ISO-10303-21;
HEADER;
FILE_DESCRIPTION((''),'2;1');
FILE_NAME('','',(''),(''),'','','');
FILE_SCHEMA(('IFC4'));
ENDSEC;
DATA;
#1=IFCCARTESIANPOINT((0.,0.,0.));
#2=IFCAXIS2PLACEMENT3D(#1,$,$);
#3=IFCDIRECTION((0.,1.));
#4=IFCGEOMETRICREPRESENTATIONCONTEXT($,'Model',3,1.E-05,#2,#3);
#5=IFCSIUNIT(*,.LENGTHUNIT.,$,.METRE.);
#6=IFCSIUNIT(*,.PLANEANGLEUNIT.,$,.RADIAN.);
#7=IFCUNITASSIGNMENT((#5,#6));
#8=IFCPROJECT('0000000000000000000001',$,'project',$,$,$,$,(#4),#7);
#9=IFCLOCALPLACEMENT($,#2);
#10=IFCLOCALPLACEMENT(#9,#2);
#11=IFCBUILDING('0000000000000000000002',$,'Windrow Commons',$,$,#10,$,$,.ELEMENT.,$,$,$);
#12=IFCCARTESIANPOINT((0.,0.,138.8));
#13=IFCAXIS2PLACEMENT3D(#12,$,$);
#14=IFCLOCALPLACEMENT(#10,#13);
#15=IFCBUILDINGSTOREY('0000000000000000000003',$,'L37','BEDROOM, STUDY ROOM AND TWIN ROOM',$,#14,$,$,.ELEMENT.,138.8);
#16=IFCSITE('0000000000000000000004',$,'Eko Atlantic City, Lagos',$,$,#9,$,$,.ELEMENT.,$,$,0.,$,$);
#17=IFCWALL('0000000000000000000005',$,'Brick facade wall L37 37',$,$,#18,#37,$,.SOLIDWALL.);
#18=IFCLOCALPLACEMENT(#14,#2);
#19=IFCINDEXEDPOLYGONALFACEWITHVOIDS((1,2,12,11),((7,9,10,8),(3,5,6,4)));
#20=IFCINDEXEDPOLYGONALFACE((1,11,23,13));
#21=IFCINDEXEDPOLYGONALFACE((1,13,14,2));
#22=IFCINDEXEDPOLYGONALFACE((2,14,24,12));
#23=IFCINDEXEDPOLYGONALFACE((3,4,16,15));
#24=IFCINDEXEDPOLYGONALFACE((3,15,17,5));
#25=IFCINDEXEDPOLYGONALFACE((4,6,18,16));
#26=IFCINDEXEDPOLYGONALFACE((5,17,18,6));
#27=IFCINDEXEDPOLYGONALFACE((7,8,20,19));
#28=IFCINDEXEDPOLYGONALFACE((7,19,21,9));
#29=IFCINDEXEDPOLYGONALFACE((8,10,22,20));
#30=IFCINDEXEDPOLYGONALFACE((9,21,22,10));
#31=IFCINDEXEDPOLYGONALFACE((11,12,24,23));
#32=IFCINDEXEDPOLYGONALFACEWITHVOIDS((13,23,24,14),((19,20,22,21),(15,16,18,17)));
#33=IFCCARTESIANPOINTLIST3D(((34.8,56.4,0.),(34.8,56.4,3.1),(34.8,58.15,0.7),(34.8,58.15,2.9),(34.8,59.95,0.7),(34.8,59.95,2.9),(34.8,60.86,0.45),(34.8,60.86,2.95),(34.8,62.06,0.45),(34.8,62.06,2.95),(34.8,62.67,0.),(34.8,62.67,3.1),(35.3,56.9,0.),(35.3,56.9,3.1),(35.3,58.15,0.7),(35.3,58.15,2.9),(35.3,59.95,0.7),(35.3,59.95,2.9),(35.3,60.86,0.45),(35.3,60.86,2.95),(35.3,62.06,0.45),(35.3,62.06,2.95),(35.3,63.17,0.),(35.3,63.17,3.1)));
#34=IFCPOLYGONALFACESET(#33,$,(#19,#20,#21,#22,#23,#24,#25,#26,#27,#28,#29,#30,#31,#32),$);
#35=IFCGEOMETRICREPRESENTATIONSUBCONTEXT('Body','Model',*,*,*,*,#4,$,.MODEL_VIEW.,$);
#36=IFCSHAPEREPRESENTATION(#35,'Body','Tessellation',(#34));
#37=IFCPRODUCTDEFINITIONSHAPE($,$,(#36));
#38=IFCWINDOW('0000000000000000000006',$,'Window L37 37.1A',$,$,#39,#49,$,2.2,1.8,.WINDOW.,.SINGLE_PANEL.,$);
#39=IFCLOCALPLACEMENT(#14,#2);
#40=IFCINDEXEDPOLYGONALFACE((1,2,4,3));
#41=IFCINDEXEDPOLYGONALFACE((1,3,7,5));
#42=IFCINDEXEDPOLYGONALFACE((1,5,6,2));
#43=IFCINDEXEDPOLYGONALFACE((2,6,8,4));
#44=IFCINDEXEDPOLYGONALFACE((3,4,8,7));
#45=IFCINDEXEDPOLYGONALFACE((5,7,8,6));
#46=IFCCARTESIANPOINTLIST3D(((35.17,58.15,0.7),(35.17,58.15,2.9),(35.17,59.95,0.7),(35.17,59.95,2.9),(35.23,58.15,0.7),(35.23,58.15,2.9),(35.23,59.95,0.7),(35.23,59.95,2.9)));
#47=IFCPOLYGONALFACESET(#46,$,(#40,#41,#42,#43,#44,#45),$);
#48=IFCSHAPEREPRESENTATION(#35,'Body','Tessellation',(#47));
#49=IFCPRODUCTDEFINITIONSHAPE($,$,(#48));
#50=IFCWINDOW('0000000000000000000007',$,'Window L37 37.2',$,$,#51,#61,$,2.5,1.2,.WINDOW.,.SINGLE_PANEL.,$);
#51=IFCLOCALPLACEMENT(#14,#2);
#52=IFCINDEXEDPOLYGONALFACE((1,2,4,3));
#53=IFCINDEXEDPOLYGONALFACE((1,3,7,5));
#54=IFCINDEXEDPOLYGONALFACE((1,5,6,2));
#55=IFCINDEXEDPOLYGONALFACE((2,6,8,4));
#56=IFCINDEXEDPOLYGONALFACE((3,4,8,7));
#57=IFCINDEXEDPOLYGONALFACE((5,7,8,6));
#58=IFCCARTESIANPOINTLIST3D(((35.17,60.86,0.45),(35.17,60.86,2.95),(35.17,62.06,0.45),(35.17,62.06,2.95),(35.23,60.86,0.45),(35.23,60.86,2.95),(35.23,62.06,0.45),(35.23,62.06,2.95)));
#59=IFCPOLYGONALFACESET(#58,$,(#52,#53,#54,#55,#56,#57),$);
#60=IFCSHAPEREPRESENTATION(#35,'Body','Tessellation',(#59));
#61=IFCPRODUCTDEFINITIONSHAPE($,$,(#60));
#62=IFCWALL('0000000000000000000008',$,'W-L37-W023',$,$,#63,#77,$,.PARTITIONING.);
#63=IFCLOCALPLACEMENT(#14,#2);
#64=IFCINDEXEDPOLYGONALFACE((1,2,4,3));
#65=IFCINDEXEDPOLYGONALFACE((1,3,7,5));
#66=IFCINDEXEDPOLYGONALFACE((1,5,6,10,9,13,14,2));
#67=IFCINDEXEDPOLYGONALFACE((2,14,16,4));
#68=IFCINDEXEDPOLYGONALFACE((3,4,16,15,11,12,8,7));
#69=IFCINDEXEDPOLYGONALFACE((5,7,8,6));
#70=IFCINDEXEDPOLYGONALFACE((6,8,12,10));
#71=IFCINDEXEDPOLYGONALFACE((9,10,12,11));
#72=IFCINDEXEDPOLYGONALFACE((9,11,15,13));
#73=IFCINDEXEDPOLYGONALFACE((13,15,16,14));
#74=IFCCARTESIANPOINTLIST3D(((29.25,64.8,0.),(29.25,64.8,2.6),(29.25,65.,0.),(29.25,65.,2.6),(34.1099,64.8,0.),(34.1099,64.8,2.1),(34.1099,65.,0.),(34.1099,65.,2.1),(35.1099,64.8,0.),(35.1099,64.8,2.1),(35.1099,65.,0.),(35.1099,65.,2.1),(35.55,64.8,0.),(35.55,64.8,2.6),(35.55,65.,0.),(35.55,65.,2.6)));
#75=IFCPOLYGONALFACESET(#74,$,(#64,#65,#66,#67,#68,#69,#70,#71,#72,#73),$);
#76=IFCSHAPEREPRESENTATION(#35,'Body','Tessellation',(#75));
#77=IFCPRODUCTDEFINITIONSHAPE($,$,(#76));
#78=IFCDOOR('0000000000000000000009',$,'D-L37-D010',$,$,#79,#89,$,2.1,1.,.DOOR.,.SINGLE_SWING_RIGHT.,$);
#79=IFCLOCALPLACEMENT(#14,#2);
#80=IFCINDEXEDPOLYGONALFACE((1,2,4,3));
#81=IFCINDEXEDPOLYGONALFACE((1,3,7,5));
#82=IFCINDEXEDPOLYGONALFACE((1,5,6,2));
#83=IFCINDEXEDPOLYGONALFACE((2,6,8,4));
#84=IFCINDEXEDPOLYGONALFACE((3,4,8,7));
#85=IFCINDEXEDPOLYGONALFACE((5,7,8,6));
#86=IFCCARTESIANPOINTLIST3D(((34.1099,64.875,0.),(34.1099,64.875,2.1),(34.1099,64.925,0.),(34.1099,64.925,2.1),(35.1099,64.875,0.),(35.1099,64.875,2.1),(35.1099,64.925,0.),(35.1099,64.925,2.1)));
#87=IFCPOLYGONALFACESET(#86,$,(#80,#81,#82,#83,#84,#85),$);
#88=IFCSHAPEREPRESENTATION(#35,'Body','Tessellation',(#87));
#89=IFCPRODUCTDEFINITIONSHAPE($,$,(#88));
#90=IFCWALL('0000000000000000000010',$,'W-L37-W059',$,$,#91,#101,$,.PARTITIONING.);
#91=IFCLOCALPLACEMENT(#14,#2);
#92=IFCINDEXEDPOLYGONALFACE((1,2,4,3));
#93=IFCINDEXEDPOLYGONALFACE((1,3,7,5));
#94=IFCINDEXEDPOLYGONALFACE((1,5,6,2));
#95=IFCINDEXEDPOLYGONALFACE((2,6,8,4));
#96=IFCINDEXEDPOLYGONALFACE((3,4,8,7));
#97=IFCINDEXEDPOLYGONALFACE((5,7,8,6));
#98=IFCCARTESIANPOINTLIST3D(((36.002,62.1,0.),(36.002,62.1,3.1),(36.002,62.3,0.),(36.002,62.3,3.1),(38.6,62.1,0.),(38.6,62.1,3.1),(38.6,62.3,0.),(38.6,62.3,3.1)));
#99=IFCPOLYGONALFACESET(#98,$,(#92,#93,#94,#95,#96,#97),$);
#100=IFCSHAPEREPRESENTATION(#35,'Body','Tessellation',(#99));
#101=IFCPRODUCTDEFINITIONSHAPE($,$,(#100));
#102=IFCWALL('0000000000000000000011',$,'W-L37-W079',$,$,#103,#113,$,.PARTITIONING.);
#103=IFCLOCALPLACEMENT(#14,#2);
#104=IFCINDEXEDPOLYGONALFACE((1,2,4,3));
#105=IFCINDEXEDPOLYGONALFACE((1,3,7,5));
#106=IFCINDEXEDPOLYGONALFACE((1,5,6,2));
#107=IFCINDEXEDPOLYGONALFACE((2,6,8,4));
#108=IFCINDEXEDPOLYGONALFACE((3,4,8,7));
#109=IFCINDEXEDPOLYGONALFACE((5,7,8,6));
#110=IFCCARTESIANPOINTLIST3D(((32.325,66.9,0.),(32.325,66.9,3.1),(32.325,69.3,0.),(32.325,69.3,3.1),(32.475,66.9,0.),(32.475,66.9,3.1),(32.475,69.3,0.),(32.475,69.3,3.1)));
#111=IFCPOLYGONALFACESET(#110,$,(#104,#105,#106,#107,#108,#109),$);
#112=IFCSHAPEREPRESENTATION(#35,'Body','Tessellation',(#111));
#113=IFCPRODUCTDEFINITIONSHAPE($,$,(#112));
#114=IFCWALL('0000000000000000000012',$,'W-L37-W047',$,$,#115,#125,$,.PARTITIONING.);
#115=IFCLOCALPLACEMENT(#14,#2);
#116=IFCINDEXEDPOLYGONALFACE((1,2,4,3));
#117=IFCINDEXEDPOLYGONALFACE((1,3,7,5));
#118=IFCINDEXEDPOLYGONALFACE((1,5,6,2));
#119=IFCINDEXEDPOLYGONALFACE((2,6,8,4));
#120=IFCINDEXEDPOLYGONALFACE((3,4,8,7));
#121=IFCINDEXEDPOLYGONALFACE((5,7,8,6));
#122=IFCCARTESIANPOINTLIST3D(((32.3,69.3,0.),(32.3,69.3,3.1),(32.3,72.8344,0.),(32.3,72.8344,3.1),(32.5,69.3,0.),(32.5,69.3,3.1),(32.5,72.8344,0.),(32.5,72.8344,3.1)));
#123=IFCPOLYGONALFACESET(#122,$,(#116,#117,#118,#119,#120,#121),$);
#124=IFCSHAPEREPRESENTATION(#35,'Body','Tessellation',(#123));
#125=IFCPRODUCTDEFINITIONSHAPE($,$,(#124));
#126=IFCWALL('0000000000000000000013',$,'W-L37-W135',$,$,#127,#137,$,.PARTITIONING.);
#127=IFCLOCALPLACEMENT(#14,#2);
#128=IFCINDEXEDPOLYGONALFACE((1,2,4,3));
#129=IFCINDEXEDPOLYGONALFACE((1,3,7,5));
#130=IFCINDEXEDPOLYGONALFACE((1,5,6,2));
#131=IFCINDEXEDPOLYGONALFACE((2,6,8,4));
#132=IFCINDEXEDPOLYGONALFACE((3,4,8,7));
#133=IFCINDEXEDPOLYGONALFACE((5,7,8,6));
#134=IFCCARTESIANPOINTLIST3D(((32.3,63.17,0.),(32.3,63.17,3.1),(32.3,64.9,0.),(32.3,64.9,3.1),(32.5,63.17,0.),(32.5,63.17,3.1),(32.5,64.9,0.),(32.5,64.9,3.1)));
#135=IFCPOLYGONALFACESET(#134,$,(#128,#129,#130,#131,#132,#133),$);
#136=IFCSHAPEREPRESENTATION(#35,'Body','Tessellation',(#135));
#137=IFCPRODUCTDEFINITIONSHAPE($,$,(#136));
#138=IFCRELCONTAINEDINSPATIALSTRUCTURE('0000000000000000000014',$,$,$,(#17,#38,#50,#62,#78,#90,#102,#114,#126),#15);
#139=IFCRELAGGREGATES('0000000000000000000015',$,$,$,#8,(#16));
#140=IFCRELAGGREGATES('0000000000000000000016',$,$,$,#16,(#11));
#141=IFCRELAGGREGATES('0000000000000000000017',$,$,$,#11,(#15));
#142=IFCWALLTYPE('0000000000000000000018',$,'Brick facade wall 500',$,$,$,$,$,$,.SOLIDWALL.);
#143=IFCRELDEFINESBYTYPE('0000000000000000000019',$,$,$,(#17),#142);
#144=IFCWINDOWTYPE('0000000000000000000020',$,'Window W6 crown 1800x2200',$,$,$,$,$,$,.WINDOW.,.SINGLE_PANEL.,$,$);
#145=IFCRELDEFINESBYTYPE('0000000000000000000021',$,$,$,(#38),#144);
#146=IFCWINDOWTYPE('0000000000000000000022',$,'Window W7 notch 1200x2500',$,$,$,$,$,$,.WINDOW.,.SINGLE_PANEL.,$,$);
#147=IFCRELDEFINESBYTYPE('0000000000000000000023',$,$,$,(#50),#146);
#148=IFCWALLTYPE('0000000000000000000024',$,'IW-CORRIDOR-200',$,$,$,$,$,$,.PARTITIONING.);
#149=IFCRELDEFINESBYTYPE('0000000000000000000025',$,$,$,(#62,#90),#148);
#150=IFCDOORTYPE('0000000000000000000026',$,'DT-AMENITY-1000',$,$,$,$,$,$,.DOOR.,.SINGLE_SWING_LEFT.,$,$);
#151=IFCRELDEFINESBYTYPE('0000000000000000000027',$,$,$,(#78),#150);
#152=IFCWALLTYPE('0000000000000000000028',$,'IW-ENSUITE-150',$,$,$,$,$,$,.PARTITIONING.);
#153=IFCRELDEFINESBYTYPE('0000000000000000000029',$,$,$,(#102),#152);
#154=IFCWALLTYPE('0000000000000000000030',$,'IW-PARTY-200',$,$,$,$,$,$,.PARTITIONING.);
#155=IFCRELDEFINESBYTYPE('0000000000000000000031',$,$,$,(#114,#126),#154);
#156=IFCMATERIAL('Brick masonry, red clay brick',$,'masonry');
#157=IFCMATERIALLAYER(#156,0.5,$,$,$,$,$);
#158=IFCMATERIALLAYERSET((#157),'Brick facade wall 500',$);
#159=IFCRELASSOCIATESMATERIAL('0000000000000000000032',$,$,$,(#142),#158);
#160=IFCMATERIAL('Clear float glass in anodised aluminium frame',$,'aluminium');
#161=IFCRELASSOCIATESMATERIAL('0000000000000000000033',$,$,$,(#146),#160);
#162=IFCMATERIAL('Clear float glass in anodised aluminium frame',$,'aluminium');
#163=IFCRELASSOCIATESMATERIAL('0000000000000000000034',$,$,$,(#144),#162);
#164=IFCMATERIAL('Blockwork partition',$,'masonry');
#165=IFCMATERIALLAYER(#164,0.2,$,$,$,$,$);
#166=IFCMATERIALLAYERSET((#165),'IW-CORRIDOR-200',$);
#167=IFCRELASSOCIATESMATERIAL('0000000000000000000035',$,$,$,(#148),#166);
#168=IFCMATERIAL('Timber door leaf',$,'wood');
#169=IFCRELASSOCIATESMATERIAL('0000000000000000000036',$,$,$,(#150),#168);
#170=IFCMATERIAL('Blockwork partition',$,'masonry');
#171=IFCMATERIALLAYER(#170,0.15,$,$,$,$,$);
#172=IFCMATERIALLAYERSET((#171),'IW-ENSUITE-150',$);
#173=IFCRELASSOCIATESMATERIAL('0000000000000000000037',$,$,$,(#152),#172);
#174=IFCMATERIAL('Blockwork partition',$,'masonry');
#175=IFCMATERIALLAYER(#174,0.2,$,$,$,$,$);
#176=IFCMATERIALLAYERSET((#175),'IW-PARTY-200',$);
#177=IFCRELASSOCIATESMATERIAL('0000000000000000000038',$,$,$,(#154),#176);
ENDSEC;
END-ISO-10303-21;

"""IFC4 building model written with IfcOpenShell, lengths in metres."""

from ifc_helpers import new_model, si_unit, direction, frame, frame_2d, origin, place, context, subcontext, project, spatial, polyline, rectangle, outline, extrude, material, layer, layer_set, type_object, element, fill, save


model = new_model("IFC4")

# Units and contexts
model_context = context("Model", 3, precision=1e-05, world=origin(), true_north=direction((0.0, 1.0)))
body_context = subcontext(model_context, "Body", "Model", "MODEL_VIEW")
ifc_project = project(units=[si_unit("LENGTHUNIT", "METRE"), si_unit("PLANEANGLEUNIT", "RADIAN")], contexts=[model_context])

# Site, building, storey
site_placement = place(None, origin())
site = spatial("IfcSite", under=ifc_project, at=site_placement, Name="Eko Atlantic City, Lagos", CompositionType="ELEMENT", RefElevation=0.0)
building_placement = place(site_placement, origin())
building = spatial("IfcBuilding", under=site, at=building_placement, Name="Windrow Commons", CompositionType="ELEMENT")
storey_placement = place(building_placement, frame((0.0, 0.0, 138.8)))
storey = spatial("IfcBuildingStorey", under=building, at=storey_placement, Name="L37", Description="BEDROOM, STUDY ROOM AND TWIN ROOM", CompositionType="ELEMENT", Elevation=138.8)

# Shared definitions
ifc_material_1 = material(Name="Brick masonry, red clay brick", Category="masonry")
ifc_layer_1 = layer(ifc_material_1, 0.5)
ifc_layer_set_1 = layer_set([ifc_layer_1], Name="Brick facade wall 500")
wall_type_1 = type_object("IfcWallType", Name="Brick facade wall 500", PredefinedType="SOLIDWALL", material=ifc_layer_set_1)
ifc_material_2 = material(Name="Clear float glass in anodised aluminium frame", Category="aluminium")
window_type_1 = type_object("IfcWindowType", Name="Window W7 notch 1200x2500", PartitioningType="SINGLE_PANEL", PredefinedType="WINDOW", material=ifc_material_2)

# Wall, openings, windows
wall_1_placement = place(storey_placement, frame((35.05, 62.92, 0.0), z_axis=(0.0, 0.0, 1.0), x_axis=(0.0, -1.0, 0.0)))
wall_1 = element("IfcWall", 1, at=wall_1_placement, inside=storey, type_object=wall_type_1, Name="Brick facade wall L37 37", PredefinedType="SOLIDWALL", context=body_context, shape_type="SweptSolid", body=[
    extrude(outline(polyline([(0.25, -0.25), (6.52, -0.25), (6.02, 0.25), (-0.25, 0.25), (0.25, -0.25)])), origin(), (0.0, 0.0, 1.0), 3.1),
])
opening_1_placement = place(wall_1_placement, frame((0.86, 0.0, 0.45)))
opening_1 = element("IfcOpeningElement", 2, at=opening_1_placement, cuts=wall_1, PredefinedType="OPENING", context=body_context, shape_type="SweptSolid", body=[
    extrude(rectangle(XDim=1.2, YDim=2.5, at=frame_2d((0.6, 1.25))), frame((0.0, 0.26, 0.0), z_axis=(0.0, -1.0, 0.0), x_axis=(1.0, 0.0, 0.0)), (0.0, 0.0, 1.0), 0.52),
])
opening_2_placement = place(wall_1_placement, frame((2.97, 0.0, 0.7)))
opening_2 = element("IfcOpeningElement", 3, at=opening_2_placement, cuts=wall_1, PredefinedType="OPENING", context=body_context, shape_type="SweptSolid", body=[
    extrude(rectangle(XDim=1.8, YDim=2.2, at=frame_2d((0.9, 1.1))), frame((0.0, 0.26, 0.0), z_axis=(0.0, -1.0, 0.0), x_axis=(1.0, 0.0, 0.0)), (0.0, 0.0, 1.0), 0.52),
])
ifc_material_3 = material(Name="Clear float glass in anodised aluminium frame", Category="aluminium")
window_type_2 = type_object("IfcWindowType", Name="Window W6 crown 1800x2200", PartitioningType="SINGLE_PANEL", PredefinedType="WINDOW", material=ifc_material_3)
window_1_placement = place(opening_2_placement, origin())
window_1 = element("IfcWindow", 4, at=window_1_placement, inside=storey, type_object=window_type_2, Name="Window L37 37.1A", OverallHeight=2.2, OverallWidth=1.8, PartitioningType="SINGLE_PANEL", PredefinedType="WINDOW", context=body_context, shape_type="SweptSolid", body=[
    extrude(rectangle(XDim=1.8, YDim=2.2, at=frame_2d((0.9, 1.1))), frame((0.0, 0.18, 0.0), z_axis=(0.0, -1.0, 0.0), x_axis=(1.0, 0.0, 0.0)), (0.0, 0.0, 1.0), 0.06),
])
fill(opening_2, window_1)
window_2_placement = place(opening_1_placement, origin())
window_2 = element("IfcWindow", 5, at=window_2_placement, inside=storey, type_object=window_type_1, Name="Window L37 37.2", OverallHeight=2.5, OverallWidth=1.2, PartitioningType="SINGLE_PANEL", PredefinedType="WINDOW", context=body_context, shape_type="SweptSolid", body=[
    extrude(rectangle(XDim=1.2, YDim=2.5, at=frame_2d((0.6, 1.25))), frame((0.0, 0.18, 0.0), z_axis=(0.0, -1.0, 0.0), x_axis=(1.0, 0.0, 0.0)), (0.0, 0.0, 1.0), 0.06),
])
fill(opening_1, window_2)

# Wall, opening, door
ifc_material_4 = material(Name="Blockwork partition", Category="masonry")
ifc_layer_2 = layer(ifc_material_4, 0.2)
ifc_layer_set_2 = layer_set([ifc_layer_2], Name="IW-CORRIDOR-200")
wall_type_2 = type_object("IfcWallType", Name="IW-CORRIDOR-200", PredefinedType="PARTITIONING", material=ifc_layer_set_2)
wall_2_placement = place(storey_placement, frame((29.25, 64.9, 0.0), z_axis=(0.0, 0.0, 1.0), x_axis=(1.0, 0.0, 0.0)))
wall_2 = element("IfcWall", 6, at=wall_2_placement, inside=storey, type_object=wall_type_2, Name="W-L37-W023", PredefinedType="PARTITIONING", context=body_context, shape_type="SweptSolid", body=[
    extrude(rectangle(XDim=6.3, YDim=0.2, at=frame_2d((3.15, 0.0))), origin(), (0.0, 0.0, 1.0), 2.6),
])
opening_3_placement = place(wall_2_placement, frame((4.8599, 0.0, 0.0)))
opening_3 = element("IfcOpeningElement", 7, at=opening_3_placement, cuts=wall_2, PredefinedType="OPENING", context=body_context, shape_type="SweptSolid", body=[
    extrude(rectangle(XDim=1.0, YDim=2.1, at=frame_2d((0.5, 1.05))), frame((0.0, 0.11, 0.0), z_axis=(0.0, -1.0, 0.0), x_axis=(1.0, 0.0, 0.0)), (0.0, 0.0, 1.0), 0.22),
])
ifc_material_5 = material(Name="Timber door leaf", Category="wood")
door_type = type_object("IfcDoorType", Name="DT-AMENITY-1000", OperationType="SINGLE_SWING_LEFT", PredefinedType="DOOR", material=ifc_material_5)
door_placement = place(opening_3_placement, origin())
door = element("IfcDoor", 8, at=door_placement, inside=storey, type_object=door_type, Name="D-L37-D010", OperationType="SINGLE_SWING_RIGHT", OverallHeight=2.1, OverallWidth=1.0, PredefinedType="DOOR", context=body_context, shape_type="SweptSolid", body=[
    extrude(rectangle(XDim=1.0, YDim=2.1, at=frame_2d((0.5, 1.05))), frame((0.0, 0.025, 0.0), z_axis=(0.0, -1.0, 0.0), x_axis=(1.0, 0.0, 0.0)), (0.0, 0.0, 1.0), 0.05),
])
fill(opening_3, door)

# Walls
wall_3_placement = place(storey_placement, frame((36.002, 62.2, 0.0), z_axis=(0.0, 0.0, 1.0), x_axis=(1.0, 0.0, 0.0)))
element("IfcWall", 9, at=wall_3_placement, inside=storey, type_object=wall_type_2, Name="W-L37-W059", PredefinedType="PARTITIONING", context=body_context, shape_type="SweptSolid", body=[
    extrude(rectangle(XDim=2.598, YDim=0.2, at=frame_2d((1.299, 0.0))), origin(), (0.0, 0.0, 1.0), 3.1),
])
ifc_material_6 = material(Name="Blockwork partition", Category="masonry")
ifc_layer_3 = layer(ifc_material_6, 0.15)
ifc_layer_set_3 = layer_set([ifc_layer_3], Name="IW-ENSUITE-150")
wall_type_3 = type_object("IfcWallType", Name="IW-ENSUITE-150", PredefinedType="PARTITIONING", material=ifc_layer_set_3)
wall_4_placement = place(storey_placement, frame((32.4, 66.9, 0.0), z_axis=(0.0, 0.0, 1.0), x_axis=(0.0, 1.0, 0.0)))
element("IfcWall", 10, at=wall_4_placement, inside=storey, type_object=wall_type_3, Name="W-L37-W079", PredefinedType="PARTITIONING", context=body_context, shape_type="SweptSolid", body=[
    extrude(rectangle(XDim=2.4, YDim=0.15, at=frame_2d((1.2, 0.0))), origin(), (0.0, 0.0, 1.0), 3.1),
])
ifc_material_7 = material(Name="Blockwork partition", Category="masonry")
ifc_layer_4 = layer(ifc_material_7, 0.2)
ifc_layer_set_4 = layer_set([ifc_layer_4], Name="IW-PARTY-200")
wall_type_4 = type_object("IfcWallType", Name="IW-PARTY-200", PredefinedType="PARTITIONING", material=ifc_layer_set_4)
wall_5_placement = place(storey_placement, frame((32.4, 69.3, 0.0), z_axis=(0.0, 0.0, 1.0), x_axis=(0.0, 1.0, 0.0)))
element("IfcWall", 11, at=wall_5_placement, inside=storey, type_object=wall_type_4, Name="W-L37-W047", PredefinedType="PARTITIONING", context=body_context, shape_type="SweptSolid", body=[
    extrude(rectangle(XDim=3.5345, YDim=0.2, at=frame_2d((1.7672, 0.0))), origin(), (0.0, 0.0, 1.0), 3.1),
])
wall_6_placement = place(storey_placement, frame((32.4, 63.17, 0.0), z_axis=(0.0, 0.0, 1.0), x_axis=(0.0, 1.0, 0.0)))
element("IfcWall", 12, at=wall_6_placement, inside=storey, type_object=wall_type_4, Name="W-L37-W135", PredefinedType="PARTITIONING", context=body_context, shape_type="SweptSolid", body=[
    extrude(rectangle(XDim=1.73, YDim=0.2, at=frame_2d((0.865, 0.0))), origin(), (0.0, 0.0, 1.0), 3.1),
])

save(model, "model.ifc")
